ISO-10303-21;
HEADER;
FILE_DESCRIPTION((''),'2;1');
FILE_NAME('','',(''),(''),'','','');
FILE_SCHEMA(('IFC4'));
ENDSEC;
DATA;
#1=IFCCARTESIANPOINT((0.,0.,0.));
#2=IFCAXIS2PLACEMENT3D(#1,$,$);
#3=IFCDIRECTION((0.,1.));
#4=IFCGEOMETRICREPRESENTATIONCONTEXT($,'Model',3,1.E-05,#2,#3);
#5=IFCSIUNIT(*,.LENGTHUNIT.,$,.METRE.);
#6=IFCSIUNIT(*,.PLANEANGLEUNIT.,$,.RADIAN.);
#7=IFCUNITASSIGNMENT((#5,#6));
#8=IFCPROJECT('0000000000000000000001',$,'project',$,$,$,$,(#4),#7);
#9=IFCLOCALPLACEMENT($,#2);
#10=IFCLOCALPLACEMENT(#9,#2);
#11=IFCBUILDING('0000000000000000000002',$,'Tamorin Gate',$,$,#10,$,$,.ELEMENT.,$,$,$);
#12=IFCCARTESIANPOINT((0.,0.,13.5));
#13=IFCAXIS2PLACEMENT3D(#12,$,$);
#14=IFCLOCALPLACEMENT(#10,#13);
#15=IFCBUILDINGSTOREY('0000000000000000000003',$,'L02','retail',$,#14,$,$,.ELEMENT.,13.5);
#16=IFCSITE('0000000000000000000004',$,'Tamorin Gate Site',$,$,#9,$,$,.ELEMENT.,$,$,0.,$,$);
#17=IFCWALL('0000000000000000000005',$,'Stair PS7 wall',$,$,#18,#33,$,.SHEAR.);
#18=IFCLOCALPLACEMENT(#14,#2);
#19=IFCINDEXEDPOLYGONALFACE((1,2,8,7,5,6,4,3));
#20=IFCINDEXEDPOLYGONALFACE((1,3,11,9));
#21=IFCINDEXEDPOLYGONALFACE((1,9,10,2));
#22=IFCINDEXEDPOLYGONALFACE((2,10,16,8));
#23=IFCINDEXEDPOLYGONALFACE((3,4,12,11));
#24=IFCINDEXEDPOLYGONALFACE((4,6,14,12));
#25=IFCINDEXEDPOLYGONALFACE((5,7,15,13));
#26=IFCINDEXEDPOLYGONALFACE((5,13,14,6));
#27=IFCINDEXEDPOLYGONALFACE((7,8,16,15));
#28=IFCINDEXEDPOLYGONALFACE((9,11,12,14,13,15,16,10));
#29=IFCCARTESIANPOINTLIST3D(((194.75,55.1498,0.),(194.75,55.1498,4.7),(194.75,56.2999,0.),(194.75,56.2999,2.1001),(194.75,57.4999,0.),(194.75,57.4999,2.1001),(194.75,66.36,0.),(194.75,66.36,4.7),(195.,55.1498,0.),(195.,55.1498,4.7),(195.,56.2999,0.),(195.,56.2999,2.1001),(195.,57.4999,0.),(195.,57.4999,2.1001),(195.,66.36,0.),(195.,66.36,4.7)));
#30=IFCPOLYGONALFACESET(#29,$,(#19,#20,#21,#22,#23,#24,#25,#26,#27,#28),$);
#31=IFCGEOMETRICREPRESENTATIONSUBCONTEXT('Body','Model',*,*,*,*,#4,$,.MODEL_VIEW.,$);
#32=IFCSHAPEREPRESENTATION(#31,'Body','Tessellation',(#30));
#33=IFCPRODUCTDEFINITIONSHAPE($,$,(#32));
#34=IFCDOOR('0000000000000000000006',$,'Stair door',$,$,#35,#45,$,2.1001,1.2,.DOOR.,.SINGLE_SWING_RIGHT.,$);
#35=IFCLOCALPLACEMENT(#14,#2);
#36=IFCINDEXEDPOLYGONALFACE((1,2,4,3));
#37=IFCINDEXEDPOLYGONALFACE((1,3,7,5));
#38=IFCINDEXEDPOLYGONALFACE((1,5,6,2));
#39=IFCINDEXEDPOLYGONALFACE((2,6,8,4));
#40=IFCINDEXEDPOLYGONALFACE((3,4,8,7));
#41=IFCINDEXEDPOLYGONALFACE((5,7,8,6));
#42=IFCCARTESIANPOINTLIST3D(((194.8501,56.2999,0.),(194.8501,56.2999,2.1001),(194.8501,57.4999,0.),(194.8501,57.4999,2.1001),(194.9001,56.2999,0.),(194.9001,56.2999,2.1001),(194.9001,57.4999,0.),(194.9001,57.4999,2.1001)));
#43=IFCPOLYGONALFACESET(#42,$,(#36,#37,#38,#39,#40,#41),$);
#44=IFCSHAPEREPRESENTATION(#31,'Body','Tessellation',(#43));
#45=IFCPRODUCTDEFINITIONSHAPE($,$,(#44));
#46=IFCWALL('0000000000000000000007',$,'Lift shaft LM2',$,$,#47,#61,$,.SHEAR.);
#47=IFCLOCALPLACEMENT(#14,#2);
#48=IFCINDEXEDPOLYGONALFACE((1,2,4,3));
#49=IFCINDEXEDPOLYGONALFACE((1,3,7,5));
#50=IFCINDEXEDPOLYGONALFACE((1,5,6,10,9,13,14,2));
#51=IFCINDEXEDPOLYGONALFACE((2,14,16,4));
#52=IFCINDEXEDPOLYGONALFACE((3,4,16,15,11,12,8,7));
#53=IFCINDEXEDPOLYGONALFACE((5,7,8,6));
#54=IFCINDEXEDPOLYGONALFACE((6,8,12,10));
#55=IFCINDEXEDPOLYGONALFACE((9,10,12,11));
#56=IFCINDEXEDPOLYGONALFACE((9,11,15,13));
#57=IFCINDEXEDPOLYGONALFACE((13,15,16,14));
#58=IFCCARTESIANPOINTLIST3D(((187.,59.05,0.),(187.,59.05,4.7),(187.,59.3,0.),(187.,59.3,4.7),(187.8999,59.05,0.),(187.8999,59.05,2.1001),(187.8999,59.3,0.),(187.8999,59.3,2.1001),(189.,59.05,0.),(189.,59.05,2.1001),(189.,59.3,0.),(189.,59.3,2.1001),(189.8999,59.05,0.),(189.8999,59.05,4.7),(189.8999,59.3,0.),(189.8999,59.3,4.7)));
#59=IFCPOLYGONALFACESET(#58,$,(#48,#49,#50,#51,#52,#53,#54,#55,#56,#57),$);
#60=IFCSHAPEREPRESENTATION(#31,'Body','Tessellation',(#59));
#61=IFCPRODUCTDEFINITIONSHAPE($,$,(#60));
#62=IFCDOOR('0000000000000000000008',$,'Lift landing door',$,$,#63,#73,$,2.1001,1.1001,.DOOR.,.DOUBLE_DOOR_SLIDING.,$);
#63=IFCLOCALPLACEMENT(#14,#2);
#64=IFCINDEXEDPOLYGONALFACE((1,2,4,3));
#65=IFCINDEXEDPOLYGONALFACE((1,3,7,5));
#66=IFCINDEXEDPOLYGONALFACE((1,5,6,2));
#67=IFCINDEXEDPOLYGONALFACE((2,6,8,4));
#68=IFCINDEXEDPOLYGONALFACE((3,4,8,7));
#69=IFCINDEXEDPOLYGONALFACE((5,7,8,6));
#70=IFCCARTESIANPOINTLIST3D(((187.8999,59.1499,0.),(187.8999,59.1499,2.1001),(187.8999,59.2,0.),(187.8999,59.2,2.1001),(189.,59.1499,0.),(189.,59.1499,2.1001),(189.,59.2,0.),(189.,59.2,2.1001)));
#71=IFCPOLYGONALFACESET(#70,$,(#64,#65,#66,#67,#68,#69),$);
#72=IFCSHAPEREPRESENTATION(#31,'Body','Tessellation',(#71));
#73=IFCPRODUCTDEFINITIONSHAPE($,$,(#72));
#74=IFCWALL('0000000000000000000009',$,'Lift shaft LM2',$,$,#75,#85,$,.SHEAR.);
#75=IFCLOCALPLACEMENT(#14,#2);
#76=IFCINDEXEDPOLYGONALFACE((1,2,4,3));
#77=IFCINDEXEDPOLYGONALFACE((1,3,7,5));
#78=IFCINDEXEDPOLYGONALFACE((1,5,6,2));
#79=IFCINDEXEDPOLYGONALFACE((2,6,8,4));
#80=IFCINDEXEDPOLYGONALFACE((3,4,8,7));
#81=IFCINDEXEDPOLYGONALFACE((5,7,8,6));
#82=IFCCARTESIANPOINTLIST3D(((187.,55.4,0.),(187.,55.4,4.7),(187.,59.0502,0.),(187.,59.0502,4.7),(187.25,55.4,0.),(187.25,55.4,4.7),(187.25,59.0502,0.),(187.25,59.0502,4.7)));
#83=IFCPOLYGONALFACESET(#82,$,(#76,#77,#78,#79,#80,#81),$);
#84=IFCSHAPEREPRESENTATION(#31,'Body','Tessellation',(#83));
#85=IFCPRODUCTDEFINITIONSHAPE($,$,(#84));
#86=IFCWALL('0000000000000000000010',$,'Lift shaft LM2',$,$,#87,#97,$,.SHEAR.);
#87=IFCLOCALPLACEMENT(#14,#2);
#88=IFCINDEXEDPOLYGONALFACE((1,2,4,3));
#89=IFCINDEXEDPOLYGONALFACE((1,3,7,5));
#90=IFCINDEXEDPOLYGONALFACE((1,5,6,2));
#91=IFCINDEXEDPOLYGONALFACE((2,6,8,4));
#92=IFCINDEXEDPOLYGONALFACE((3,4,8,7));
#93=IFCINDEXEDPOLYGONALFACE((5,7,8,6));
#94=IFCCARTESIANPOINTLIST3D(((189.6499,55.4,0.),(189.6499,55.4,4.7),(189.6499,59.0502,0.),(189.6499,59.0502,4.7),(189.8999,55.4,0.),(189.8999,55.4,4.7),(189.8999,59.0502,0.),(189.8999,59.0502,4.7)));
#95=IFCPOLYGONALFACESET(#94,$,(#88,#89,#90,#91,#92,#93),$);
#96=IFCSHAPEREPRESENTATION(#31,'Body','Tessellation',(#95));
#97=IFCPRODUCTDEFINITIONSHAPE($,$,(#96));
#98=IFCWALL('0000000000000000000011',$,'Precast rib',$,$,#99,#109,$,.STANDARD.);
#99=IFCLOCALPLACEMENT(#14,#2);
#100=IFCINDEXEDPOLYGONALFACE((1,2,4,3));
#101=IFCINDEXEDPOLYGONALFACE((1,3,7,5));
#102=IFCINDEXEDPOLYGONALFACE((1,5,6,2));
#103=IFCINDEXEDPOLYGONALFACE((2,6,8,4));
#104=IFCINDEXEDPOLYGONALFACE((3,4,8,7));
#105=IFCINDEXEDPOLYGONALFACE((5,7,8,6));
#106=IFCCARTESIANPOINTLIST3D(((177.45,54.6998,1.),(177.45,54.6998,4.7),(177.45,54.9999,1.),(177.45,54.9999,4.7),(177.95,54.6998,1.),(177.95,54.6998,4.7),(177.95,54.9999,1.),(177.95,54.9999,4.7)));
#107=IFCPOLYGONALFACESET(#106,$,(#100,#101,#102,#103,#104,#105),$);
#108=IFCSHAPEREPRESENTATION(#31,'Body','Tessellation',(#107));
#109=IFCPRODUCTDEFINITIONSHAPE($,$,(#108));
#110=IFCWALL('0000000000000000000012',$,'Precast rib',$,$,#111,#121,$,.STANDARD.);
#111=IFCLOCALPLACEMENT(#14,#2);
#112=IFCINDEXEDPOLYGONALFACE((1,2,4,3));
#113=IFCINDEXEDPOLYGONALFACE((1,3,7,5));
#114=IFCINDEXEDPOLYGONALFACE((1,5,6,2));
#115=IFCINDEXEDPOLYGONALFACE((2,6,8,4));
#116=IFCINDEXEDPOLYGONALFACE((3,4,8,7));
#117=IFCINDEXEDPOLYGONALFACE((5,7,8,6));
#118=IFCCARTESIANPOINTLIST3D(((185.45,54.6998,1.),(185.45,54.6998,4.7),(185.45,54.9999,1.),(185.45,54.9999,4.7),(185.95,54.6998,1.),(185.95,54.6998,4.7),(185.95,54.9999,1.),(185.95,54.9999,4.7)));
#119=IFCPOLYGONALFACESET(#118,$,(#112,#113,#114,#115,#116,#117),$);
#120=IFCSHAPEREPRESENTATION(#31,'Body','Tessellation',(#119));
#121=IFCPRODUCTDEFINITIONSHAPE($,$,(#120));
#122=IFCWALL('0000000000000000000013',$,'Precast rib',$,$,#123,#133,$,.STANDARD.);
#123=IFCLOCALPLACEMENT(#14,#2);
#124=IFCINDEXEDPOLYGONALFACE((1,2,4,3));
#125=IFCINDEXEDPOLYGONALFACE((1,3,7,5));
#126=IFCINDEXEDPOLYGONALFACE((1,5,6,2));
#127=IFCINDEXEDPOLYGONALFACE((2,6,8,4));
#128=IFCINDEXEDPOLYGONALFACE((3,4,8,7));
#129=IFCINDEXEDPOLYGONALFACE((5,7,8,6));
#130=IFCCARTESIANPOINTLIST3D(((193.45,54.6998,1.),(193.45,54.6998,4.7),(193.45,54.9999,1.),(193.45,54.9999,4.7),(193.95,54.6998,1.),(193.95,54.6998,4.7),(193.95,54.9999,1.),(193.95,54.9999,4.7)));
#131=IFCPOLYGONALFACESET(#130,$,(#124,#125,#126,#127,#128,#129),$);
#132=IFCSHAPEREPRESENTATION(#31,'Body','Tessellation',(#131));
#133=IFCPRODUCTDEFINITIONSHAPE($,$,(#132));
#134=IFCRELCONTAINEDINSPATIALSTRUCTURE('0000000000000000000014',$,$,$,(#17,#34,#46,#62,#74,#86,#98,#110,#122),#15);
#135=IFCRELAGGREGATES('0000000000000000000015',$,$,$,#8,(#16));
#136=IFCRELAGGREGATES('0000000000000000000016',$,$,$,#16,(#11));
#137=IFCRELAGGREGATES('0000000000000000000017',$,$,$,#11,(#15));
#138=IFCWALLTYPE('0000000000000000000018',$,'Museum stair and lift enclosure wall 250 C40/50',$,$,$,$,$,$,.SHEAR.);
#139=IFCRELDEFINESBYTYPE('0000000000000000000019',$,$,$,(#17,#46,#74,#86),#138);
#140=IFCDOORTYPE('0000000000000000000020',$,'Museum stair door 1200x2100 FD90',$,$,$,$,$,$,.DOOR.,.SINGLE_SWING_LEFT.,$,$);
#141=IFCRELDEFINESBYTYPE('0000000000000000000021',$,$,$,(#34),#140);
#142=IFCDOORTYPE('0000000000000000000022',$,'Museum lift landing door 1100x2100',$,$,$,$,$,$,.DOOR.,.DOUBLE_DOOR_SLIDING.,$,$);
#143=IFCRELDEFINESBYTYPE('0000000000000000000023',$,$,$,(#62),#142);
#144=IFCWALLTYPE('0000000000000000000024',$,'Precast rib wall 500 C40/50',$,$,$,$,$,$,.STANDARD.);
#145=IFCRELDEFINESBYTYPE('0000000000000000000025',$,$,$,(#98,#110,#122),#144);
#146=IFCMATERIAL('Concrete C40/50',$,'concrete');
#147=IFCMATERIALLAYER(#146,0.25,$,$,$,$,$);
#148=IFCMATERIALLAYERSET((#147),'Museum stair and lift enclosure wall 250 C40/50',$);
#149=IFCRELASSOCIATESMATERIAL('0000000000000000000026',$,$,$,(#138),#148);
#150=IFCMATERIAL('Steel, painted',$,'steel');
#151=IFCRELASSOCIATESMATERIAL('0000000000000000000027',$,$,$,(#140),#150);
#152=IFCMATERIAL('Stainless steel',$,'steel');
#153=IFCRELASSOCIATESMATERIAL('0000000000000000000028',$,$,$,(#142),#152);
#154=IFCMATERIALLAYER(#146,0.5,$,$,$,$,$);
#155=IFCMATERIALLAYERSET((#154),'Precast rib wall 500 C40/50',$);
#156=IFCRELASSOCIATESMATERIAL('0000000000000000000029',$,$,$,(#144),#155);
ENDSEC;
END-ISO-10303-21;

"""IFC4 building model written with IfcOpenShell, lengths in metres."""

from ifc_helpers import new_model, si_unit, direction, frame, frame_2d, origin, place, context, subcontext, project, spatial, rectangle, extrude, material, layer, layer_set, type_object, element, fill, save


model = new_model("IFC4")

# Units and contexts
model_context = context("Model", 3, precision=1e-05, world=origin(), true_north=direction((0.0, 1.0)))
body_context = subcontext(model_context, "Body", "Model", "MODEL_VIEW")
ifc_project = project(units=[si_unit("LENGTHUNIT", "METRE"), si_unit("PLANEANGLEUNIT", "RADIAN")], contexts=[model_context])

# Site, building, storey
site_placement = place(None, origin())
site = spatial("IfcSite", under=ifc_project, at=site_placement, Name="Tamorin Gate Site", CompositionType="ELEMENT", RefElevation=0.0)
building_placement = place(site_placement, origin())
building = spatial("IfcBuilding", under=site, at=building_placement, Name="Tamorin Gate", CompositionType="ELEMENT")
storey_placement = place(building_placement, frame((0.0, 0.0, 13.5)))
storey = spatial("IfcBuildingStorey", under=building, at=storey_placement, Name="L02", Description="retail", CompositionType="ELEMENT", Elevation=13.5)

# Shared definitions
ifc_material_1 = material(Name="Steel, painted", Category="steel")

# Walls, openings, doors
ifc_material_2 = material(Name="Concrete C40/50", Category="concrete")
ifc_layer_1 = layer(ifc_material_2, 0.25)
ifc_layer_set_1 = layer_set([ifc_layer_1], Name="Museum stair and lift enclosure wall 250 C40/50")
wall_type_1 = type_object("IfcWallType", Name="Museum stair and lift enclosure wall 250 C40/50", PredefinedType="SHEAR", material=ifc_layer_set_1)
wall_1_placement = place(storey_placement, frame((194.875, 55.1499, 0.0), z_axis=(0.0, 0.0, 1.0), x_axis=(0.0, 1.0, 0.0)))
wall_1 = element("IfcWall", 1, at=wall_1_placement, inside=storey, type_object=wall_type_1, Name="Stair PS7 wall", PredefinedType="SHEAR", context=body_context, shape_type="SweptSolid", body=[
    extrude(rectangle(XDim=11.2102, YDim=0.25, at=frame_2d((5.605, 0.0))), origin(), (0.0, 0.0, 1.0), 4.7),
])
opening_1_placement = place(wall_1_placement, frame((1.1499, 0.0, 0.0)))
opening_1 = element("IfcOpeningElement", 2, at=opening_1_placement, cuts=wall_1, PredefinedType="OPENING", context=body_context, shape_type="SweptSolid", body=[
    extrude(rectangle(XDim=1.2, YDim=2.1001, at=frame_2d((0.6001, 1.05))), frame((0.0, 0.135, 0.0), z_axis=(0.0, -1.0, 0.0), x_axis=(1.0, 0.0, 0.0)), (0.0, 0.0, 1.0), 0.27),
])
door_type_1 = type_object("IfcDoorType", Name="Museum stair door 1200x2100 FD90", OperationType="SINGLE_SWING_LEFT", PredefinedType="DOOR", material=ifc_material_1)
door_1_placement = place(opening_1_placement, origin())
door_1 = element("IfcDoor", 3, at=door_1_placement, inside=storey, type_object=door_type_1, Name="Stair door", OperationType="SINGLE_SWING_RIGHT", OverallHeight=2.1001, OverallWidth=1.2, PredefinedType="DOOR", context=body_context, shape_type="SweptSolid", body=[
    extrude(rectangle(XDim=1.2, YDim=2.1001, at=frame_2d((0.6001, 1.05))), frame((0.0, 0.0249, 0.0), z_axis=(0.0, -1.0, 0.0), x_axis=(1.0, 0.0, 0.0)), (0.0, 0.0, 1.0), 0.05),
])
fill(opening_1, door_1)
wall_2_placement = place(storey_placement, frame((187.0, 59.175, 0.0), z_axis=(0.0, 0.0, 1.0), x_axis=(1.0, 0.0, 0.0)))
wall_2 = element("IfcWall", 4, at=wall_2_placement, inside=storey, type_object=wall_type_1, Name="Lift shaft LM2", PredefinedType="SHEAR", context=body_context, shape_type="SweptSolid", body=[
    extrude(rectangle(XDim=2.8999, YDim=0.25, at=frame_2d((1.45, 0.0))), origin(), (0.0, 0.0, 1.0), 4.7),
])
opening_2_placement = place(wall_2_placement, frame((0.8999, 0.0, 0.0)))
opening_2 = element("IfcOpeningElement", 5, at=opening_2_placement, cuts=wall_2, PredefinedType="OPENING", context=body_context, shape_type="SweptSolid", body=[
    extrude(rectangle(XDim=1.1001, YDim=2.1001, at=frame_2d((0.55, 1.05))), frame((0.0, 0.135, 0.0), z_axis=(0.0, -1.0, 0.0), x_axis=(1.0, 0.0, 0.0)), (0.0, 0.0, 1.0), 0.27),
])
ifc_material_3 = material(Name="Stainless steel", Category="steel")
door_type_2 = type_object("IfcDoorType", Name="Museum lift landing door 1100x2100", OperationType="DOUBLE_DOOR_SLIDING", PredefinedType="DOOR", material=ifc_material_3)
door_2_placement = place(opening_2_placement, origin())
door_2 = element("IfcDoor", 6, at=door_2_placement, inside=storey, type_object=door_type_2, Name="Lift landing door", OperationType="DOUBLE_DOOR_SLIDING", OverallHeight=2.1001, OverallWidth=1.1001, PredefinedType="DOOR", context=body_context, shape_type="SweptSolid", body=[
    extrude(rectangle(XDim=1.1001, YDim=2.1001, at=frame_2d((0.55, 1.05))), frame((0.0, 0.0249, 0.0), z_axis=(0.0, -1.0, 0.0), x_axis=(1.0, 0.0, 0.0)), (0.0, 0.0, 1.0), 0.05),
])
fill(opening_2, door_2)

# Walls
for number, where, z_axis, x_axis, name in (
    (7, (187.125, 55.3999, 0.0), (0.0, 0.0, 1.0), (0.0, 1.0, 0.0), "Lift shaft LM2"),
    (8, (189.7749, 55.3999, 0.0), (0.0, 0.0, 1.0), (0.0, 1.0, 0.0), "Lift shaft LM2"),
):
    element("IfcWall", number, at=place(storey_placement, frame(where, z_axis=z_axis, x_axis=x_axis)), inside=storey, type_object=wall_type_1, Name=name, PredefinedType="SHEAR", context=body_context, shape_type="SweptSolid", body=[
        extrude(rectangle(XDim=3.6501, YDim=0.25, at=frame_2d((1.8252, 0.0))), origin(), (0.0, 0.0, 1.0), 4.7),
    ])
ifc_layer_2 = layer(ifc_material_2, 0.5)
ifc_layer_set_2 = layer_set([ifc_layer_2], Name="Precast rib wall 500 C40/50")
wall_type_2 = type_object("IfcWallType", Name="Precast rib wall 500 C40/50", PredefinedType="STANDARD", material=ifc_layer_set_2)
for number, where, z_axis, x_axis, name in (
    (9, (177.7, 54.7, 1.0), (0.0, 0.0, 1.0), (0.0, 1.0, 0.0), "Precast rib"),
    (10, (185.7, 54.7, 1.0), (0.0, 0.0, 1.0), (0.0, 1.0, 0.0), "Precast rib"),
    (11, (193.7, 54.7, 1.0), (0.0, 0.0, 1.0), (0.0, 1.0, 0.0), "Precast rib"),
):
    element("IfcWall", number, at=place(storey_placement, frame(where, z_axis=z_axis, x_axis=x_axis)), inside=storey, type_object=wall_type_2, Name=name, PredefinedType="STANDARD", context=body_context, shape_type="SweptSolid", body=[
        extrude(rectangle(XDim=0.3, YDim=0.5, at=frame_2d((0.1499, 0.0))), origin(), (0.0, 0.0, 1.0), 3.7),
    ])

save(model, "model.ifc")
